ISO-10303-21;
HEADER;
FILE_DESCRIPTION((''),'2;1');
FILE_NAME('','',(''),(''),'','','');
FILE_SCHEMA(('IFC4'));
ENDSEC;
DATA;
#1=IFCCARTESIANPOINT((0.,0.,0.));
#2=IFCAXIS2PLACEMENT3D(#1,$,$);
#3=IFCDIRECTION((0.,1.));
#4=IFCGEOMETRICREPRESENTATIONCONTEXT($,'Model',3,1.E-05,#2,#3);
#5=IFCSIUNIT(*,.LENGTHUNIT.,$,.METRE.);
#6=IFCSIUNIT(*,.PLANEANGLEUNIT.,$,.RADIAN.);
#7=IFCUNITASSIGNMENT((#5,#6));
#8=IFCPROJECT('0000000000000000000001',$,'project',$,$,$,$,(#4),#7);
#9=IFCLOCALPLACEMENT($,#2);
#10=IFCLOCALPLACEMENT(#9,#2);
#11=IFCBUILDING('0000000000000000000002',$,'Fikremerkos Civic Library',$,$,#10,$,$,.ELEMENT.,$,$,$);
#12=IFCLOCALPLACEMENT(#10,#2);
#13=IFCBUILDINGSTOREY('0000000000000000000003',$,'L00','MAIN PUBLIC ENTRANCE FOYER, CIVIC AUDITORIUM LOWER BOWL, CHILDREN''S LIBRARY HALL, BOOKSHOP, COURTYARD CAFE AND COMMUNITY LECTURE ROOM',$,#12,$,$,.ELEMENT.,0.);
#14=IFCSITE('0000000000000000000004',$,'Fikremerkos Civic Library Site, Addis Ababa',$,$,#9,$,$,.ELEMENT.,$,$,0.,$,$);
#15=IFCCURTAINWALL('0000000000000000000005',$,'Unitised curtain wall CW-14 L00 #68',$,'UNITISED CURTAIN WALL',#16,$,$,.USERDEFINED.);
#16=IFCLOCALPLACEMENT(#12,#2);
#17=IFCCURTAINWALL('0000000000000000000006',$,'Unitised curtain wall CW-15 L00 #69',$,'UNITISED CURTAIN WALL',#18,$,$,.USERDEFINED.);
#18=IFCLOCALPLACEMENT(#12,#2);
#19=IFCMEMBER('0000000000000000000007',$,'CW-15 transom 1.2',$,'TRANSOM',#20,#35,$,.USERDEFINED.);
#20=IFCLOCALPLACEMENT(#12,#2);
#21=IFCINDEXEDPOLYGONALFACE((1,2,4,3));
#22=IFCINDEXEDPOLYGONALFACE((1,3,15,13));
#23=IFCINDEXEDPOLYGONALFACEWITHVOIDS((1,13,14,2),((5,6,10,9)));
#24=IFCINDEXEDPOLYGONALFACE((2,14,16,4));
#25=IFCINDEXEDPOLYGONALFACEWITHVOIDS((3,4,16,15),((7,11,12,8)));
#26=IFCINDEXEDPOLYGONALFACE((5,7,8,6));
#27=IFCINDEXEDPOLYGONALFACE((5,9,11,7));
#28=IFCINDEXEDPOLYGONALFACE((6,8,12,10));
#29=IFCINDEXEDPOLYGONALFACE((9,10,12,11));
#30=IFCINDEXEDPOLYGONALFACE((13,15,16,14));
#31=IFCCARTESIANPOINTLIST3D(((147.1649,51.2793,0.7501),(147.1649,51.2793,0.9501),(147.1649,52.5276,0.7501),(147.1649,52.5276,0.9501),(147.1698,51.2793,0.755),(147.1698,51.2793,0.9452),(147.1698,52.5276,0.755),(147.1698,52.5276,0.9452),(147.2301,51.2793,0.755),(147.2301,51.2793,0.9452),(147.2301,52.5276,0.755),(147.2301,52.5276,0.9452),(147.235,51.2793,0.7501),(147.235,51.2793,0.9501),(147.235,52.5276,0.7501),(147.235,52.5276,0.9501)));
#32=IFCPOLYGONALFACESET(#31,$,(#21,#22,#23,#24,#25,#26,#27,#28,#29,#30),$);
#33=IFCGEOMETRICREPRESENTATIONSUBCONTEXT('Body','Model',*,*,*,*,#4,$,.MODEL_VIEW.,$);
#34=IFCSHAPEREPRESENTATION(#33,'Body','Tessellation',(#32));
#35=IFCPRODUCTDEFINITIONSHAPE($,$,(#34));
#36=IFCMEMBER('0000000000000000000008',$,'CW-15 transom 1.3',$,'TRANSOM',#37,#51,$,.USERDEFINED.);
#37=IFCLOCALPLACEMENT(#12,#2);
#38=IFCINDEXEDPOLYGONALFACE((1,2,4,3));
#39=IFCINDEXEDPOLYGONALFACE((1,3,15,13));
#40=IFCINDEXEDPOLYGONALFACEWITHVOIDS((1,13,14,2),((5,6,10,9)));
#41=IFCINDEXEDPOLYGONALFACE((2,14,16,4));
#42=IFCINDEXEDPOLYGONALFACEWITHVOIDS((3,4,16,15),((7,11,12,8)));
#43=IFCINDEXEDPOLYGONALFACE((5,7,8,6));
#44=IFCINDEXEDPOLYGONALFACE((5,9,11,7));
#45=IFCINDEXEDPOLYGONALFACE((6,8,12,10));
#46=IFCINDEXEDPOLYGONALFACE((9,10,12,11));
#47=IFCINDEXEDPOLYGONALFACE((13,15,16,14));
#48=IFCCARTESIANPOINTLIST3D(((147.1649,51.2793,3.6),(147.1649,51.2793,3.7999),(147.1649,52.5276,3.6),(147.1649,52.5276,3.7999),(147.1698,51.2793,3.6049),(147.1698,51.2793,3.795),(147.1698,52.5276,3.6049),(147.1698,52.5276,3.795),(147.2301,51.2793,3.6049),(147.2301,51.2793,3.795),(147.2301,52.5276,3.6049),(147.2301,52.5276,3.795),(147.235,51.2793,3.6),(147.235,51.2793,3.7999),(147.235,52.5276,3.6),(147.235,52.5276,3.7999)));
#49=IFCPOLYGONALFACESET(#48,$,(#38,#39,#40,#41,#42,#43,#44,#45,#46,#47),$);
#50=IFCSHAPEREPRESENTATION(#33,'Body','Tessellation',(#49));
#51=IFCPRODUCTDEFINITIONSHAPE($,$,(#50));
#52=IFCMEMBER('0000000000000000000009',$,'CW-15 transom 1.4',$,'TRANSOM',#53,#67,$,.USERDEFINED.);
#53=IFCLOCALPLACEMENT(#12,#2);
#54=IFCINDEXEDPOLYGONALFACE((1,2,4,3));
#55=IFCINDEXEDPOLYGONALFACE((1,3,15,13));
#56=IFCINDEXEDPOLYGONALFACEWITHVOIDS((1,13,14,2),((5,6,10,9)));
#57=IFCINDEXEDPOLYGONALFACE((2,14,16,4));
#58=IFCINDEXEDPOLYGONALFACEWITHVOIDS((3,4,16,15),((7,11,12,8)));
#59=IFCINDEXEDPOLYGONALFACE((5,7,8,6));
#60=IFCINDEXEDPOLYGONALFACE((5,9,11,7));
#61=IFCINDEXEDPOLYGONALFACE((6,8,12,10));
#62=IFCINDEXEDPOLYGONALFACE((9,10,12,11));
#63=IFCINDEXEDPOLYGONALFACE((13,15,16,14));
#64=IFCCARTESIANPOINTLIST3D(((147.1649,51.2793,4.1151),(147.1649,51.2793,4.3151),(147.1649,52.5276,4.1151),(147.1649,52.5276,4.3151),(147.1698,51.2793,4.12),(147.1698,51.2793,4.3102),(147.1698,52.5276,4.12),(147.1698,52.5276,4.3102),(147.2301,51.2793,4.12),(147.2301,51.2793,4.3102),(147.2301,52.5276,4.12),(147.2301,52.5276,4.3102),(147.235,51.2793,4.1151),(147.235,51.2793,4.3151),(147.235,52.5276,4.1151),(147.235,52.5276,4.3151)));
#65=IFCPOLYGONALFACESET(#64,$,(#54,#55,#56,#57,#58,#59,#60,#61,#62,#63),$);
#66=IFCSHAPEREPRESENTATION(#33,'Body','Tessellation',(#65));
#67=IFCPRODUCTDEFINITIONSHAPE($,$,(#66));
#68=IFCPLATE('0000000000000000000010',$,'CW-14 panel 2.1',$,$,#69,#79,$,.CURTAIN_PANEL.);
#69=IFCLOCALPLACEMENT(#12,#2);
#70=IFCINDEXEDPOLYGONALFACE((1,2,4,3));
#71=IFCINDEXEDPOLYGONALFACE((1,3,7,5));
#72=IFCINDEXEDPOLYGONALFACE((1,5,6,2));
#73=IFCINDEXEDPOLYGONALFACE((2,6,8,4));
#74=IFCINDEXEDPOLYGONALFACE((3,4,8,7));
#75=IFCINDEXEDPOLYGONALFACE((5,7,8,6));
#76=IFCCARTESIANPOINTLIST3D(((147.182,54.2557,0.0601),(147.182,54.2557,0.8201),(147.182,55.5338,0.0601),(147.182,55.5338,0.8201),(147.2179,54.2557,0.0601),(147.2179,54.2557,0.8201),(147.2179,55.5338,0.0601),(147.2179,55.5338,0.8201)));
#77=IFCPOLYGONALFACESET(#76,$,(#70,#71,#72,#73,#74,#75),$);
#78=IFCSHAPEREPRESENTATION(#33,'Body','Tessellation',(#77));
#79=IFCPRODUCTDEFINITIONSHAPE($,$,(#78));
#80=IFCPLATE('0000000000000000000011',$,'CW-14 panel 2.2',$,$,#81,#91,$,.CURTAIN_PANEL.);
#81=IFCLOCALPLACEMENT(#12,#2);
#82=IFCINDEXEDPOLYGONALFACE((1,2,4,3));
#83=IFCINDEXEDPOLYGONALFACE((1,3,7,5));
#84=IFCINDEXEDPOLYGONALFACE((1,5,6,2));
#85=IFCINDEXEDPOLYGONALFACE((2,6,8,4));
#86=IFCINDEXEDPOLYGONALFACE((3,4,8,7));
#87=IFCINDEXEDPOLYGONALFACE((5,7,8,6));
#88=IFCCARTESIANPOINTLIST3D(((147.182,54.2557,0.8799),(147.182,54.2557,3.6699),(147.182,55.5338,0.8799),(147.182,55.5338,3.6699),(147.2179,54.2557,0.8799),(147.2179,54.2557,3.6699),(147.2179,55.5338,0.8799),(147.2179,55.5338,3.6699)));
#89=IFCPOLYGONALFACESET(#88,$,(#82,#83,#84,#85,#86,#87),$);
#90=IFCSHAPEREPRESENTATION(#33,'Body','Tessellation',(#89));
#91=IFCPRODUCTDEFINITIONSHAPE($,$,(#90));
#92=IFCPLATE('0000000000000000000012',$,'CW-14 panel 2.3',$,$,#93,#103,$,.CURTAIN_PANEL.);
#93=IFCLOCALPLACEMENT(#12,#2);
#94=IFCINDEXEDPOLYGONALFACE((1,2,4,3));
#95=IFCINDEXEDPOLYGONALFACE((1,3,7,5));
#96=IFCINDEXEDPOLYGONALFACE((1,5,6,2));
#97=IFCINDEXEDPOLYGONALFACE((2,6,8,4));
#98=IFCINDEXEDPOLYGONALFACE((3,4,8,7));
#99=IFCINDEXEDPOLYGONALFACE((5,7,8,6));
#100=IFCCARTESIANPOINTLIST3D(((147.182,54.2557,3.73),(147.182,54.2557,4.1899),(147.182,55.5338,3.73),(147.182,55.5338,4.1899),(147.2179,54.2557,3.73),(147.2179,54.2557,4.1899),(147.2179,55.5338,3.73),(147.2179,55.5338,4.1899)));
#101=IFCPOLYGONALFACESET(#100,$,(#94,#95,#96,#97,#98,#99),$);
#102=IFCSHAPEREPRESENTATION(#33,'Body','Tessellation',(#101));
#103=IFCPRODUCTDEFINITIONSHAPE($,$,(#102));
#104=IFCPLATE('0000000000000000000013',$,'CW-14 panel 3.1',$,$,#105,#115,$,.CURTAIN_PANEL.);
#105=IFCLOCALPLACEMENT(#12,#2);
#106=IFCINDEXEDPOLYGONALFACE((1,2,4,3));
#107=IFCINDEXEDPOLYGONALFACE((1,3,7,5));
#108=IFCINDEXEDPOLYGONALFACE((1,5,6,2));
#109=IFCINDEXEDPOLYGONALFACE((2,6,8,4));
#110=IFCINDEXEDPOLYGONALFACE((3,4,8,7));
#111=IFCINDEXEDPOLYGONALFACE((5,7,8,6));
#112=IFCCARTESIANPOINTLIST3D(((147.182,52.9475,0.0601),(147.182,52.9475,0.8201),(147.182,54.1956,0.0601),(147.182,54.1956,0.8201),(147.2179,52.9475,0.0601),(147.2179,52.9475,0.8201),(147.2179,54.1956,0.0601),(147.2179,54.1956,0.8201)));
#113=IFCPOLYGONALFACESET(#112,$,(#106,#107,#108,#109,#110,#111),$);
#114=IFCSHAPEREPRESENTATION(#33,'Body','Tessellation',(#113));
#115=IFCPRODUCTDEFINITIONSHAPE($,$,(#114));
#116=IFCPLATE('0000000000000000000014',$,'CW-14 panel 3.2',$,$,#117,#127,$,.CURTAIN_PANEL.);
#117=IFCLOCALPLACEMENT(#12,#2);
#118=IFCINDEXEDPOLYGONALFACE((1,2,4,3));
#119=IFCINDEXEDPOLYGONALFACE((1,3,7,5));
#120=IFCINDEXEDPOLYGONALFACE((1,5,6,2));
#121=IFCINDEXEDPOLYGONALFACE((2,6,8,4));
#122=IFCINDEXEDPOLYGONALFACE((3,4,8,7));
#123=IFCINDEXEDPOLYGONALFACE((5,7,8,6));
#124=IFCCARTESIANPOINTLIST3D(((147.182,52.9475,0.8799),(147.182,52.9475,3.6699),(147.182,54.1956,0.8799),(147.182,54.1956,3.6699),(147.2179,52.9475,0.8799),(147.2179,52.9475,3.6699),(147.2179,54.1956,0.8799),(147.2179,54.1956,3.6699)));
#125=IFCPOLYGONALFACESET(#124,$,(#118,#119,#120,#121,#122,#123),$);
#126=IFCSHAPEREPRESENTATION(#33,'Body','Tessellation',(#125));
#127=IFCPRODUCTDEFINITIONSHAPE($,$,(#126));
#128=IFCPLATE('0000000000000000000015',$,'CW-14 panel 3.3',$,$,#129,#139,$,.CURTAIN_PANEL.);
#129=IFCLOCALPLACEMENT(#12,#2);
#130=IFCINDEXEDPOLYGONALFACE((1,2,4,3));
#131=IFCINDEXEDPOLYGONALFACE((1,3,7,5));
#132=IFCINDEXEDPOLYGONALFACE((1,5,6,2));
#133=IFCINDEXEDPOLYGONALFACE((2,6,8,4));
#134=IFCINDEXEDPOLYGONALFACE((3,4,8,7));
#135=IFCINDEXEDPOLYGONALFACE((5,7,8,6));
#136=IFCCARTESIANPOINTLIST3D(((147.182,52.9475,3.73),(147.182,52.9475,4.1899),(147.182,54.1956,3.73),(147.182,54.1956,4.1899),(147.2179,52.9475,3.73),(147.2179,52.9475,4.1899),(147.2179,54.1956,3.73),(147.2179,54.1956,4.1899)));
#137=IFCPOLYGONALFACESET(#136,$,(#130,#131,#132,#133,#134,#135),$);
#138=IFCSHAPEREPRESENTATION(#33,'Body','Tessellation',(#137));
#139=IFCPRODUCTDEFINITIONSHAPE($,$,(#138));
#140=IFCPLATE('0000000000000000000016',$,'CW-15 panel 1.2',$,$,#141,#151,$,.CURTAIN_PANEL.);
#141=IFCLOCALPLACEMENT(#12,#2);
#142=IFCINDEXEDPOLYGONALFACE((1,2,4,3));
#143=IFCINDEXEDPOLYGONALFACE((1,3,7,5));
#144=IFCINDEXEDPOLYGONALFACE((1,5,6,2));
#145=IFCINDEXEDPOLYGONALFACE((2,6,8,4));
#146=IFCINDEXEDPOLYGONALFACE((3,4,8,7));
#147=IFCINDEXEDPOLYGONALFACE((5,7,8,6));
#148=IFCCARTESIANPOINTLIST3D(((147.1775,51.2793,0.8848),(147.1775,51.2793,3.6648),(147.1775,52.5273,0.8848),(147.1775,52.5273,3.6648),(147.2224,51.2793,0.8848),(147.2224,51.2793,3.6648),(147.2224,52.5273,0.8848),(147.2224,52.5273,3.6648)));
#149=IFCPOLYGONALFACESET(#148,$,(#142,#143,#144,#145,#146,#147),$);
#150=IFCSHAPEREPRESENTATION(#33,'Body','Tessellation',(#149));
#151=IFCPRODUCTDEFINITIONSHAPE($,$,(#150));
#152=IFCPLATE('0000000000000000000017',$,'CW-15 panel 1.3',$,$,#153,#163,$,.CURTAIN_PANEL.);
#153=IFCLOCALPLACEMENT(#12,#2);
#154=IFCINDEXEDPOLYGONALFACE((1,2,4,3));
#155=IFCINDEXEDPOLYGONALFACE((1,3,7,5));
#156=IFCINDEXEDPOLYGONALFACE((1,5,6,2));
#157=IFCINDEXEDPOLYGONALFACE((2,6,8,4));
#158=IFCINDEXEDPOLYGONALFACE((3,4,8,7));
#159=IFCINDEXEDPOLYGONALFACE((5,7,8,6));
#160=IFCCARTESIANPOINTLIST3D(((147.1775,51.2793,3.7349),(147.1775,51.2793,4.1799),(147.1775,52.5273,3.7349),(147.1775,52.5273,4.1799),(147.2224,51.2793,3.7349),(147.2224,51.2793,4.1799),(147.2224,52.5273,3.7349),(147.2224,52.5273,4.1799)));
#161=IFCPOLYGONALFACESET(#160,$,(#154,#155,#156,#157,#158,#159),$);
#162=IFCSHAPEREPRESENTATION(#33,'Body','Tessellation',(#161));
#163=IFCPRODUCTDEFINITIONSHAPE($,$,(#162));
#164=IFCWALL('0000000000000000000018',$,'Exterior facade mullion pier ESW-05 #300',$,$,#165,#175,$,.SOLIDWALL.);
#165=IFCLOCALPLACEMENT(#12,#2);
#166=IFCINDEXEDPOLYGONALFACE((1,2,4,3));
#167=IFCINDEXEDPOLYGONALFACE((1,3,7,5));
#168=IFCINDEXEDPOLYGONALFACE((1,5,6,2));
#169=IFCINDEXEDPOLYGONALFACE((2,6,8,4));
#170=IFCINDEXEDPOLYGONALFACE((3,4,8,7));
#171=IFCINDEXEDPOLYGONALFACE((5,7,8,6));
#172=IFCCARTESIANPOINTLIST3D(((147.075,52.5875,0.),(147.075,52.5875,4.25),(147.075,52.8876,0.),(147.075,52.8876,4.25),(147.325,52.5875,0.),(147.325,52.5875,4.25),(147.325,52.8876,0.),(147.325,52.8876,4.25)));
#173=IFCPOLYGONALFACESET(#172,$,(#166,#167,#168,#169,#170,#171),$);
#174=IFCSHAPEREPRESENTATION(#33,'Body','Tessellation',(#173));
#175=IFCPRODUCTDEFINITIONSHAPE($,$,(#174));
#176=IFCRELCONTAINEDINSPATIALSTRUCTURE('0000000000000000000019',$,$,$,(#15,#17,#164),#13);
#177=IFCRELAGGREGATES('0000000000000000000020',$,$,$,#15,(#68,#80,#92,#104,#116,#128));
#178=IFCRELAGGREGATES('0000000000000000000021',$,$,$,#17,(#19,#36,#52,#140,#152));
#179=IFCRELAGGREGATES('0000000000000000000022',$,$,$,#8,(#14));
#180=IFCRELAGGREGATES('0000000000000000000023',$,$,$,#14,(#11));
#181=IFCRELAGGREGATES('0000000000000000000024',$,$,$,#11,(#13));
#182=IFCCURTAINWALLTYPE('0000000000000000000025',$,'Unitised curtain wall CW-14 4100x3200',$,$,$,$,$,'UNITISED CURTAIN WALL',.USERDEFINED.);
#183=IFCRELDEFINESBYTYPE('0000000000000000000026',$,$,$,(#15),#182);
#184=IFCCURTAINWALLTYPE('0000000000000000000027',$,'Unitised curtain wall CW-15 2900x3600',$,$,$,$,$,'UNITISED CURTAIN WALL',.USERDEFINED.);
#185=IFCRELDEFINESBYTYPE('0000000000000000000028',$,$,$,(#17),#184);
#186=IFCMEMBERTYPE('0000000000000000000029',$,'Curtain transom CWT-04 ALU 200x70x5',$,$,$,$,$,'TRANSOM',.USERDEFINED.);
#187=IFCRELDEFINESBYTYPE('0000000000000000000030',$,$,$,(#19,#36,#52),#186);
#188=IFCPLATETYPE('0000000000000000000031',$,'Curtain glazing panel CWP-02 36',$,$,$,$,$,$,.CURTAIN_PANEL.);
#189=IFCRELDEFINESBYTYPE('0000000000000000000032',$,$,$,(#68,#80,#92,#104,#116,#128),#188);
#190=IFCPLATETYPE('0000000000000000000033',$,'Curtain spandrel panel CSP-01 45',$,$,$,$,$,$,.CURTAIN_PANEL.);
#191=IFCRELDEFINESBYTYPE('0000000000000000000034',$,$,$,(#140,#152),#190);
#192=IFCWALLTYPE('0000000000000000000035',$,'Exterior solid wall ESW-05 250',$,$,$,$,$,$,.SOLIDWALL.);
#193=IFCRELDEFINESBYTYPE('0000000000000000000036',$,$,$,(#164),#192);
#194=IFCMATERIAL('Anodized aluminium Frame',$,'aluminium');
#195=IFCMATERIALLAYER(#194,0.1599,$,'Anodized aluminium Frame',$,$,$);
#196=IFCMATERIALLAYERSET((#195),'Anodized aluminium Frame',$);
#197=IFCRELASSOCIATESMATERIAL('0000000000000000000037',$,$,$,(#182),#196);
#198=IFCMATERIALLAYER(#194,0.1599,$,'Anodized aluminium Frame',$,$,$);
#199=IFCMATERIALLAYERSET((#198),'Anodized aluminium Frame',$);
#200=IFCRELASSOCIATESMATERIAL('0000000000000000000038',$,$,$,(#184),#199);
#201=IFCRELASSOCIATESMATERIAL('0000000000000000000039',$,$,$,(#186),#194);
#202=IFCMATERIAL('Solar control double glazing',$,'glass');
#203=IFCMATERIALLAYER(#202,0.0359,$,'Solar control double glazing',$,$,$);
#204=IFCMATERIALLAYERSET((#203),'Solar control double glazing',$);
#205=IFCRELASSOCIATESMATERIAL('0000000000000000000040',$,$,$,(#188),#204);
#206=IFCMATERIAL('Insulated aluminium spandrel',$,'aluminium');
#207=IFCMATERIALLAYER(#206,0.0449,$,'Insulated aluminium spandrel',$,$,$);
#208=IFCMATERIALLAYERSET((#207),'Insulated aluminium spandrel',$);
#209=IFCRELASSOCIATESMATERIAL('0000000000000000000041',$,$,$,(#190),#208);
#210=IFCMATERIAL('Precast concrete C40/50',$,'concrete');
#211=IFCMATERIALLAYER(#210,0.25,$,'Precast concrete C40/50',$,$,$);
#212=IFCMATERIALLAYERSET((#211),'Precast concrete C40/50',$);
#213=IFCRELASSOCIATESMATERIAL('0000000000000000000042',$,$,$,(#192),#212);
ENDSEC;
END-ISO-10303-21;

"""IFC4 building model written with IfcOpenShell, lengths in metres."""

from ifc_helpers import new_model, si_unit, direction, frame, frame_2d, origin, origin_2d, place, context, subcontext, project, spatial, rectangle, hollow_rectangle, extrude, material, layer, layer_set, material_profile, profile_set, type_object, element, aggregate, save


model = new_model("IFC4")

# Units and contexts
model_context = context("Model", 3, precision=1e-05, world=origin(), true_north=direction((0.0, 1.0)))
body_context = subcontext(model_context, "Body", "Model", "MODEL_VIEW")
ifc_project = project(units=[si_unit("LENGTHUNIT", "METRE"), si_unit("PLANEANGLEUNIT", "RADIAN")], contexts=[model_context])

# Site, building, storey
site_placement = place(None, origin())
site = spatial("IfcSite", under=ifc_project, at=site_placement, Name="Fikremerkos Civic Library Site, Addis Ababa", CompositionType="ELEMENT", RefElevation=0.0)
building_placement = place(site_placement, origin())
building = spatial("IfcBuilding", under=site, at=building_placement, Name="Fikremerkos Civic Library", CompositionType="ELEMENT")
storey_placement = place(building_placement, origin())
storey = spatial("IfcBuildingStorey", under=building, at=storey_placement, Name="L00", Description="MAIN PUBLIC ENTRANCE FOYER, CIVIC AUDITORIUM LOWER BOWL, CHILDREN'S LIBRARY HALL, BOOKSHOP, COURTYARD CAFE AND COMMUNITY LECTURE ROOM", CompositionType="ELEMENT", Elevation=0.0)

# Curtain wall
ifc_material_1 = material(Name="Anodized aluminium Frame", Category="aluminium")
ifc_layer_1 = layer(ifc_material_1, 0.1599, Name="Anodized aluminium Frame")
ifc_layer_set_1 = layer_set([ifc_layer_1], Name="Anodized aluminium Frame")
curtain_wall_type_1 = type_object("IfcCurtainWallType", Name="Unitised curtain wall CW-14 4100x3200", ElementType="UNITISED CURTAIN WALL", PredefinedType="USERDEFINED", material=ifc_layer_set_1)
curtain_wall_1_placement = place(storey_placement, origin())
curtain_wall_1 = element("IfcCurtainWall", 1, at=curtain_wall_1_placement, inside=storey, type_object=curtain_wall_type_1, Name="Unitised curtain wall CW-14 L00 #68", ObjectType="UNITISED CURTAIN WALL", PredefinedType="USERDEFINED")

# Curtain wall
ifc_layer_2 = layer(ifc_material_1, 0.1599, Name="Anodized aluminium Frame")
ifc_layer_set_2 = layer_set([ifc_layer_2], Name="Anodized aluminium Frame")
curtain_wall_type_2 = type_object("IfcCurtainWallType", Name="Unitised curtain wall CW-15 2900x3600", ElementType="UNITISED CURTAIN WALL", PredefinedType="USERDEFINED", material=ifc_layer_set_2)
curtain_wall_2_placement = place(storey_placement, origin())
curtain_wall_2 = element("IfcCurtainWall", 2, at=curtain_wall_2_placement, inside=storey, type_object=curtain_wall_type_2, Name="Unitised curtain wall CW-15 L00 #69", ObjectType="UNITISED CURTAIN WALL", PredefinedType="USERDEFINED")

# Members
ifc_material_profile_1 = material_profile(ifc_material_1, hollow_rectangle(XDim=0.0701, YDim=0.2, WallThickness=0.0049, at=origin_2d()), Name="ALU 200x70x5")
ifc_profile_set_1 = profile_set([ifc_material_profile_1], Name="Anodized aluminium Frame")
member_type_1 = type_object("IfcMemberType", Name="Curtain transom CWT-04 ALU 200x70x5", ElementType="TRANSOM", PredefinedType="USERDEFINED", material=ifc_profile_set_1)
member_1_placement = place(storey_placement, frame((147.2, 52.5276, 0.8501), z_axis=(0.0, -1.0, 0.0), x_axis=(1.0, 0.0, 0.0)))
member_1 = element("IfcMember", 3, at=member_1_placement, type_object=member_type_1, Name="CW-15 transom 1.2", ObjectType="TRANSOM", PredefinedType="USERDEFINED", context=body_context, shape_type="SweptSolid", body=[
    extrude(hollow_rectangle(XDim=0.0701, YDim=0.2, WallThickness=0.0049, at=origin_2d()), origin(), (0.0, 0.0, 1.0), 1.2483),
])
member_2_placement = place(storey_placement, frame((147.2, 52.5276, 3.7), z_axis=(0.0, -1.0, 0.0), x_axis=(1.0, 0.0, 0.0)))
member_2 = element("IfcMember", 4, at=member_2_placement, type_object=member_type_1, Name="CW-15 transom 1.3", ObjectType="TRANSOM", PredefinedType="USERDEFINED", context=body_context, shape_type="SweptSolid", body=[
    extrude(hollow_rectangle(XDim=0.0701, YDim=0.2, WallThickness=0.0049, at=origin_2d()), origin(), (0.0, 0.0, 1.0), 1.2483),
])
member_3_placement = place(storey_placement, frame((147.2, 52.5276, 4.2151), z_axis=(0.0, -1.0, 0.0), x_axis=(1.0, 0.0, 0.0)))
member_3 = element("IfcMember", 5, at=member_3_placement, type_object=member_type_1, Name="CW-15 transom 1.4", ObjectType="TRANSOM", PredefinedType="USERDEFINED", context=body_context, shape_type="SweptSolid", body=[
    extrude(hollow_rectangle(XDim=0.0701, YDim=0.2, WallThickness=0.0049, at=origin_2d()), origin(), (0.0, 0.0, 1.0), 1.2483),
])

# Plates
ifc_material_2 = material(Name="Solar control double glazing", Category="glass")
ifc_layer_3 = layer(ifc_material_2, 0.0359, Name="Solar control double glazing")
ifc_layer_set_3 = layer_set([ifc_layer_3], Name="Solar control double glazing")
plate_type_1 = type_object("IfcPlateType", Name="Curtain glazing panel CWP-02 36", PredefinedType="CURTAIN_PANEL", material=ifc_layer_set_3)
plate_1_placement = place(storey_placement, frame((147.2, 54.8948, 0.0601), z_axis=(0.0, 0.0, 1.0), x_axis=(0.0, -1.0, 0.0)))
plate_1 = element("IfcPlate", 6, at=plate_1_placement, type_object=plate_type_1, Name="CW-14 panel 2.1", PredefinedType="CURTAIN_PANEL", context=body_context, shape_type="SweptSolid", body=[
    extrude(rectangle(XDim=1.2781, YDim=0.0359, at=origin_2d()), origin(), (0.0, 0.0, 1.0), 0.76),
])
plate_2_placement = place(storey_placement, frame((147.2, 54.8948, 0.8799), z_axis=(0.0, 0.0, 1.0), x_axis=(0.0, -1.0, 0.0)))
plate_2 = element("IfcPlate", 7, at=plate_2_placement, type_object=plate_type_1, Name="CW-14 panel 2.2", PredefinedType="CURTAIN_PANEL", context=body_context, shape_type="SweptSolid", body=[
    extrude(rectangle(XDim=1.2781, YDim=0.0359, at=origin_2d()), origin(), (0.0, 0.0, 1.0), 2.79),
])
plate_3_placement = place(storey_placement, frame((147.2, 54.8948, 3.73), z_axis=(0.0, 0.0, 1.0), x_axis=(0.0, -1.0, 0.0)))
plate_3 = element("IfcPlate", 8, at=plate_3_placement, type_object=plate_type_1, Name="CW-14 panel 2.3", PredefinedType="CURTAIN_PANEL", context=body_context, shape_type="SweptSolid", body=[
    extrude(rectangle(XDim=1.2781, YDim=0.0359, at=origin_2d()), origin(), (0.0, 0.0, 1.0), 0.46),
])
plate_4_placement = place(storey_placement, frame((147.2, 53.5715, 0.0601), z_axis=(0.0, 0.0, 1.0), x_axis=(0.0, -1.0, 0.0)))
plate_4 = element("IfcPlate", 9, at=plate_4_placement, type_object=plate_type_1, Name="CW-14 panel 3.1", PredefinedType="CURTAIN_PANEL", context=body_context, shape_type="SweptSolid", body=[
    extrude(rectangle(XDim=1.248, YDim=0.0359, at=origin_2d()), origin(), (0.0, 0.0, 1.0), 0.76),
])
plate_5_placement = place(storey_placement, frame((147.2, 53.5715, 0.8799), z_axis=(0.0, 0.0, 1.0), x_axis=(0.0, -1.0, 0.0)))
plate_5 = element("IfcPlate", 10, at=plate_5_placement, type_object=plate_type_1, Name="CW-14 panel 3.2", PredefinedType="CURTAIN_PANEL", context=body_context, shape_type="SweptSolid", body=[
    extrude(rectangle(XDim=1.248, YDim=0.0359, at=origin_2d()), origin(), (0.0, 0.0, 1.0), 2.79),
])
plate_6_placement = place(storey_placement, frame((147.2, 53.5715, 3.73), z_axis=(0.0, 0.0, 1.0), x_axis=(0.0, -1.0, 0.0)))
plate_6 = element("IfcPlate", 11, at=plate_6_placement, type_object=plate_type_1, Name="CW-14 panel 3.3", PredefinedType="CURTAIN_PANEL", context=body_context, shape_type="SweptSolid", body=[
    extrude(rectangle(XDim=1.248, YDim=0.0359, at=origin_2d()), origin(), (0.0, 0.0, 1.0), 0.46),
])
aggregate(curtain_wall_1, [plate_1, plate_2, plate_3, plate_4, plate_5, plate_6])
ifc_material_3 = material(Name="Insulated aluminium spandrel", Category="aluminium")
ifc_layer_4 = layer(ifc_material_3, 0.0449, Name="Insulated aluminium spandrel")
ifc_layer_set_4 = layer_set([ifc_layer_4], Name="Insulated aluminium spandrel")
plate_type_2 = type_object("IfcPlateType", Name="Curtain spandrel panel CSP-01 45", PredefinedType="CURTAIN_PANEL", material=ifc_layer_set_4)
plate_7_placement = place(storey_placement, frame((147.2, 51.9033, 0.8848), z_axis=(0.0, 0.0, 1.0), x_axis=(0.0, -1.0, 0.0)))
plate_7 = element("IfcPlate", 12, at=plate_7_placement, type_object=plate_type_2, Name="CW-15 panel 1.2", PredefinedType="CURTAIN_PANEL", context=body_context, shape_type="SweptSolid", body=[
    extrude(rectangle(XDim=1.248, YDim=0.0449, at=origin_2d()), origin(), (0.0, 0.0, 1.0), 2.78),
])
plate_8_placement = place(storey_placement, frame((147.2, 51.9033, 3.7349), z_axis=(0.0, 0.0, 1.0), x_axis=(0.0, -1.0, 0.0)))
plate_8 = element("IfcPlate", 13, at=plate_8_placement, type_object=plate_type_2, Name="CW-15 panel 1.3", PredefinedType="CURTAIN_PANEL", context=body_context, shape_type="SweptSolid", body=[
    extrude(rectangle(XDim=1.248, YDim=0.0449, at=origin_2d()), origin(), (0.0, 0.0, 1.0), 0.4451),
])
aggregate(curtain_wall_2, [member_1, member_2, member_3, plate_7, plate_8])

# Wall
ifc_material_4 = material(Name="Precast concrete C40/50", Category="concrete")
ifc_layer_5 = layer(ifc_material_4, 0.25, Name="Precast concrete C40/50")
ifc_layer_set_5 = layer_set([ifc_layer_5], Name="Precast concrete C40/50")
wall_type = type_object("IfcWallType", Name="Exterior solid wall ESW-05 250", PredefinedType="SOLIDWALL", material=ifc_layer_set_5)
wall_placement = place(storey_placement, frame((147.2, 52.8875, 0.0), z_axis=(0.0, 0.0, 1.0), x_axis=(0.0, -1.0, 0.0)))
element("IfcWall", 14, at=wall_placement, inside=storey, type_object=wall_type, Name="Exterior facade mullion pier ESW-05 #300", PredefinedType="SOLIDWALL", context=body_context, shape_type="SweptSolid", body=[
    extrude(rectangle(XDim=0.3, YDim=0.25, at=frame_2d((0.1499, 0.0))), origin(), (0.0, 0.0, 1.0), 4.25),
])

save(model, "model.ifc")
